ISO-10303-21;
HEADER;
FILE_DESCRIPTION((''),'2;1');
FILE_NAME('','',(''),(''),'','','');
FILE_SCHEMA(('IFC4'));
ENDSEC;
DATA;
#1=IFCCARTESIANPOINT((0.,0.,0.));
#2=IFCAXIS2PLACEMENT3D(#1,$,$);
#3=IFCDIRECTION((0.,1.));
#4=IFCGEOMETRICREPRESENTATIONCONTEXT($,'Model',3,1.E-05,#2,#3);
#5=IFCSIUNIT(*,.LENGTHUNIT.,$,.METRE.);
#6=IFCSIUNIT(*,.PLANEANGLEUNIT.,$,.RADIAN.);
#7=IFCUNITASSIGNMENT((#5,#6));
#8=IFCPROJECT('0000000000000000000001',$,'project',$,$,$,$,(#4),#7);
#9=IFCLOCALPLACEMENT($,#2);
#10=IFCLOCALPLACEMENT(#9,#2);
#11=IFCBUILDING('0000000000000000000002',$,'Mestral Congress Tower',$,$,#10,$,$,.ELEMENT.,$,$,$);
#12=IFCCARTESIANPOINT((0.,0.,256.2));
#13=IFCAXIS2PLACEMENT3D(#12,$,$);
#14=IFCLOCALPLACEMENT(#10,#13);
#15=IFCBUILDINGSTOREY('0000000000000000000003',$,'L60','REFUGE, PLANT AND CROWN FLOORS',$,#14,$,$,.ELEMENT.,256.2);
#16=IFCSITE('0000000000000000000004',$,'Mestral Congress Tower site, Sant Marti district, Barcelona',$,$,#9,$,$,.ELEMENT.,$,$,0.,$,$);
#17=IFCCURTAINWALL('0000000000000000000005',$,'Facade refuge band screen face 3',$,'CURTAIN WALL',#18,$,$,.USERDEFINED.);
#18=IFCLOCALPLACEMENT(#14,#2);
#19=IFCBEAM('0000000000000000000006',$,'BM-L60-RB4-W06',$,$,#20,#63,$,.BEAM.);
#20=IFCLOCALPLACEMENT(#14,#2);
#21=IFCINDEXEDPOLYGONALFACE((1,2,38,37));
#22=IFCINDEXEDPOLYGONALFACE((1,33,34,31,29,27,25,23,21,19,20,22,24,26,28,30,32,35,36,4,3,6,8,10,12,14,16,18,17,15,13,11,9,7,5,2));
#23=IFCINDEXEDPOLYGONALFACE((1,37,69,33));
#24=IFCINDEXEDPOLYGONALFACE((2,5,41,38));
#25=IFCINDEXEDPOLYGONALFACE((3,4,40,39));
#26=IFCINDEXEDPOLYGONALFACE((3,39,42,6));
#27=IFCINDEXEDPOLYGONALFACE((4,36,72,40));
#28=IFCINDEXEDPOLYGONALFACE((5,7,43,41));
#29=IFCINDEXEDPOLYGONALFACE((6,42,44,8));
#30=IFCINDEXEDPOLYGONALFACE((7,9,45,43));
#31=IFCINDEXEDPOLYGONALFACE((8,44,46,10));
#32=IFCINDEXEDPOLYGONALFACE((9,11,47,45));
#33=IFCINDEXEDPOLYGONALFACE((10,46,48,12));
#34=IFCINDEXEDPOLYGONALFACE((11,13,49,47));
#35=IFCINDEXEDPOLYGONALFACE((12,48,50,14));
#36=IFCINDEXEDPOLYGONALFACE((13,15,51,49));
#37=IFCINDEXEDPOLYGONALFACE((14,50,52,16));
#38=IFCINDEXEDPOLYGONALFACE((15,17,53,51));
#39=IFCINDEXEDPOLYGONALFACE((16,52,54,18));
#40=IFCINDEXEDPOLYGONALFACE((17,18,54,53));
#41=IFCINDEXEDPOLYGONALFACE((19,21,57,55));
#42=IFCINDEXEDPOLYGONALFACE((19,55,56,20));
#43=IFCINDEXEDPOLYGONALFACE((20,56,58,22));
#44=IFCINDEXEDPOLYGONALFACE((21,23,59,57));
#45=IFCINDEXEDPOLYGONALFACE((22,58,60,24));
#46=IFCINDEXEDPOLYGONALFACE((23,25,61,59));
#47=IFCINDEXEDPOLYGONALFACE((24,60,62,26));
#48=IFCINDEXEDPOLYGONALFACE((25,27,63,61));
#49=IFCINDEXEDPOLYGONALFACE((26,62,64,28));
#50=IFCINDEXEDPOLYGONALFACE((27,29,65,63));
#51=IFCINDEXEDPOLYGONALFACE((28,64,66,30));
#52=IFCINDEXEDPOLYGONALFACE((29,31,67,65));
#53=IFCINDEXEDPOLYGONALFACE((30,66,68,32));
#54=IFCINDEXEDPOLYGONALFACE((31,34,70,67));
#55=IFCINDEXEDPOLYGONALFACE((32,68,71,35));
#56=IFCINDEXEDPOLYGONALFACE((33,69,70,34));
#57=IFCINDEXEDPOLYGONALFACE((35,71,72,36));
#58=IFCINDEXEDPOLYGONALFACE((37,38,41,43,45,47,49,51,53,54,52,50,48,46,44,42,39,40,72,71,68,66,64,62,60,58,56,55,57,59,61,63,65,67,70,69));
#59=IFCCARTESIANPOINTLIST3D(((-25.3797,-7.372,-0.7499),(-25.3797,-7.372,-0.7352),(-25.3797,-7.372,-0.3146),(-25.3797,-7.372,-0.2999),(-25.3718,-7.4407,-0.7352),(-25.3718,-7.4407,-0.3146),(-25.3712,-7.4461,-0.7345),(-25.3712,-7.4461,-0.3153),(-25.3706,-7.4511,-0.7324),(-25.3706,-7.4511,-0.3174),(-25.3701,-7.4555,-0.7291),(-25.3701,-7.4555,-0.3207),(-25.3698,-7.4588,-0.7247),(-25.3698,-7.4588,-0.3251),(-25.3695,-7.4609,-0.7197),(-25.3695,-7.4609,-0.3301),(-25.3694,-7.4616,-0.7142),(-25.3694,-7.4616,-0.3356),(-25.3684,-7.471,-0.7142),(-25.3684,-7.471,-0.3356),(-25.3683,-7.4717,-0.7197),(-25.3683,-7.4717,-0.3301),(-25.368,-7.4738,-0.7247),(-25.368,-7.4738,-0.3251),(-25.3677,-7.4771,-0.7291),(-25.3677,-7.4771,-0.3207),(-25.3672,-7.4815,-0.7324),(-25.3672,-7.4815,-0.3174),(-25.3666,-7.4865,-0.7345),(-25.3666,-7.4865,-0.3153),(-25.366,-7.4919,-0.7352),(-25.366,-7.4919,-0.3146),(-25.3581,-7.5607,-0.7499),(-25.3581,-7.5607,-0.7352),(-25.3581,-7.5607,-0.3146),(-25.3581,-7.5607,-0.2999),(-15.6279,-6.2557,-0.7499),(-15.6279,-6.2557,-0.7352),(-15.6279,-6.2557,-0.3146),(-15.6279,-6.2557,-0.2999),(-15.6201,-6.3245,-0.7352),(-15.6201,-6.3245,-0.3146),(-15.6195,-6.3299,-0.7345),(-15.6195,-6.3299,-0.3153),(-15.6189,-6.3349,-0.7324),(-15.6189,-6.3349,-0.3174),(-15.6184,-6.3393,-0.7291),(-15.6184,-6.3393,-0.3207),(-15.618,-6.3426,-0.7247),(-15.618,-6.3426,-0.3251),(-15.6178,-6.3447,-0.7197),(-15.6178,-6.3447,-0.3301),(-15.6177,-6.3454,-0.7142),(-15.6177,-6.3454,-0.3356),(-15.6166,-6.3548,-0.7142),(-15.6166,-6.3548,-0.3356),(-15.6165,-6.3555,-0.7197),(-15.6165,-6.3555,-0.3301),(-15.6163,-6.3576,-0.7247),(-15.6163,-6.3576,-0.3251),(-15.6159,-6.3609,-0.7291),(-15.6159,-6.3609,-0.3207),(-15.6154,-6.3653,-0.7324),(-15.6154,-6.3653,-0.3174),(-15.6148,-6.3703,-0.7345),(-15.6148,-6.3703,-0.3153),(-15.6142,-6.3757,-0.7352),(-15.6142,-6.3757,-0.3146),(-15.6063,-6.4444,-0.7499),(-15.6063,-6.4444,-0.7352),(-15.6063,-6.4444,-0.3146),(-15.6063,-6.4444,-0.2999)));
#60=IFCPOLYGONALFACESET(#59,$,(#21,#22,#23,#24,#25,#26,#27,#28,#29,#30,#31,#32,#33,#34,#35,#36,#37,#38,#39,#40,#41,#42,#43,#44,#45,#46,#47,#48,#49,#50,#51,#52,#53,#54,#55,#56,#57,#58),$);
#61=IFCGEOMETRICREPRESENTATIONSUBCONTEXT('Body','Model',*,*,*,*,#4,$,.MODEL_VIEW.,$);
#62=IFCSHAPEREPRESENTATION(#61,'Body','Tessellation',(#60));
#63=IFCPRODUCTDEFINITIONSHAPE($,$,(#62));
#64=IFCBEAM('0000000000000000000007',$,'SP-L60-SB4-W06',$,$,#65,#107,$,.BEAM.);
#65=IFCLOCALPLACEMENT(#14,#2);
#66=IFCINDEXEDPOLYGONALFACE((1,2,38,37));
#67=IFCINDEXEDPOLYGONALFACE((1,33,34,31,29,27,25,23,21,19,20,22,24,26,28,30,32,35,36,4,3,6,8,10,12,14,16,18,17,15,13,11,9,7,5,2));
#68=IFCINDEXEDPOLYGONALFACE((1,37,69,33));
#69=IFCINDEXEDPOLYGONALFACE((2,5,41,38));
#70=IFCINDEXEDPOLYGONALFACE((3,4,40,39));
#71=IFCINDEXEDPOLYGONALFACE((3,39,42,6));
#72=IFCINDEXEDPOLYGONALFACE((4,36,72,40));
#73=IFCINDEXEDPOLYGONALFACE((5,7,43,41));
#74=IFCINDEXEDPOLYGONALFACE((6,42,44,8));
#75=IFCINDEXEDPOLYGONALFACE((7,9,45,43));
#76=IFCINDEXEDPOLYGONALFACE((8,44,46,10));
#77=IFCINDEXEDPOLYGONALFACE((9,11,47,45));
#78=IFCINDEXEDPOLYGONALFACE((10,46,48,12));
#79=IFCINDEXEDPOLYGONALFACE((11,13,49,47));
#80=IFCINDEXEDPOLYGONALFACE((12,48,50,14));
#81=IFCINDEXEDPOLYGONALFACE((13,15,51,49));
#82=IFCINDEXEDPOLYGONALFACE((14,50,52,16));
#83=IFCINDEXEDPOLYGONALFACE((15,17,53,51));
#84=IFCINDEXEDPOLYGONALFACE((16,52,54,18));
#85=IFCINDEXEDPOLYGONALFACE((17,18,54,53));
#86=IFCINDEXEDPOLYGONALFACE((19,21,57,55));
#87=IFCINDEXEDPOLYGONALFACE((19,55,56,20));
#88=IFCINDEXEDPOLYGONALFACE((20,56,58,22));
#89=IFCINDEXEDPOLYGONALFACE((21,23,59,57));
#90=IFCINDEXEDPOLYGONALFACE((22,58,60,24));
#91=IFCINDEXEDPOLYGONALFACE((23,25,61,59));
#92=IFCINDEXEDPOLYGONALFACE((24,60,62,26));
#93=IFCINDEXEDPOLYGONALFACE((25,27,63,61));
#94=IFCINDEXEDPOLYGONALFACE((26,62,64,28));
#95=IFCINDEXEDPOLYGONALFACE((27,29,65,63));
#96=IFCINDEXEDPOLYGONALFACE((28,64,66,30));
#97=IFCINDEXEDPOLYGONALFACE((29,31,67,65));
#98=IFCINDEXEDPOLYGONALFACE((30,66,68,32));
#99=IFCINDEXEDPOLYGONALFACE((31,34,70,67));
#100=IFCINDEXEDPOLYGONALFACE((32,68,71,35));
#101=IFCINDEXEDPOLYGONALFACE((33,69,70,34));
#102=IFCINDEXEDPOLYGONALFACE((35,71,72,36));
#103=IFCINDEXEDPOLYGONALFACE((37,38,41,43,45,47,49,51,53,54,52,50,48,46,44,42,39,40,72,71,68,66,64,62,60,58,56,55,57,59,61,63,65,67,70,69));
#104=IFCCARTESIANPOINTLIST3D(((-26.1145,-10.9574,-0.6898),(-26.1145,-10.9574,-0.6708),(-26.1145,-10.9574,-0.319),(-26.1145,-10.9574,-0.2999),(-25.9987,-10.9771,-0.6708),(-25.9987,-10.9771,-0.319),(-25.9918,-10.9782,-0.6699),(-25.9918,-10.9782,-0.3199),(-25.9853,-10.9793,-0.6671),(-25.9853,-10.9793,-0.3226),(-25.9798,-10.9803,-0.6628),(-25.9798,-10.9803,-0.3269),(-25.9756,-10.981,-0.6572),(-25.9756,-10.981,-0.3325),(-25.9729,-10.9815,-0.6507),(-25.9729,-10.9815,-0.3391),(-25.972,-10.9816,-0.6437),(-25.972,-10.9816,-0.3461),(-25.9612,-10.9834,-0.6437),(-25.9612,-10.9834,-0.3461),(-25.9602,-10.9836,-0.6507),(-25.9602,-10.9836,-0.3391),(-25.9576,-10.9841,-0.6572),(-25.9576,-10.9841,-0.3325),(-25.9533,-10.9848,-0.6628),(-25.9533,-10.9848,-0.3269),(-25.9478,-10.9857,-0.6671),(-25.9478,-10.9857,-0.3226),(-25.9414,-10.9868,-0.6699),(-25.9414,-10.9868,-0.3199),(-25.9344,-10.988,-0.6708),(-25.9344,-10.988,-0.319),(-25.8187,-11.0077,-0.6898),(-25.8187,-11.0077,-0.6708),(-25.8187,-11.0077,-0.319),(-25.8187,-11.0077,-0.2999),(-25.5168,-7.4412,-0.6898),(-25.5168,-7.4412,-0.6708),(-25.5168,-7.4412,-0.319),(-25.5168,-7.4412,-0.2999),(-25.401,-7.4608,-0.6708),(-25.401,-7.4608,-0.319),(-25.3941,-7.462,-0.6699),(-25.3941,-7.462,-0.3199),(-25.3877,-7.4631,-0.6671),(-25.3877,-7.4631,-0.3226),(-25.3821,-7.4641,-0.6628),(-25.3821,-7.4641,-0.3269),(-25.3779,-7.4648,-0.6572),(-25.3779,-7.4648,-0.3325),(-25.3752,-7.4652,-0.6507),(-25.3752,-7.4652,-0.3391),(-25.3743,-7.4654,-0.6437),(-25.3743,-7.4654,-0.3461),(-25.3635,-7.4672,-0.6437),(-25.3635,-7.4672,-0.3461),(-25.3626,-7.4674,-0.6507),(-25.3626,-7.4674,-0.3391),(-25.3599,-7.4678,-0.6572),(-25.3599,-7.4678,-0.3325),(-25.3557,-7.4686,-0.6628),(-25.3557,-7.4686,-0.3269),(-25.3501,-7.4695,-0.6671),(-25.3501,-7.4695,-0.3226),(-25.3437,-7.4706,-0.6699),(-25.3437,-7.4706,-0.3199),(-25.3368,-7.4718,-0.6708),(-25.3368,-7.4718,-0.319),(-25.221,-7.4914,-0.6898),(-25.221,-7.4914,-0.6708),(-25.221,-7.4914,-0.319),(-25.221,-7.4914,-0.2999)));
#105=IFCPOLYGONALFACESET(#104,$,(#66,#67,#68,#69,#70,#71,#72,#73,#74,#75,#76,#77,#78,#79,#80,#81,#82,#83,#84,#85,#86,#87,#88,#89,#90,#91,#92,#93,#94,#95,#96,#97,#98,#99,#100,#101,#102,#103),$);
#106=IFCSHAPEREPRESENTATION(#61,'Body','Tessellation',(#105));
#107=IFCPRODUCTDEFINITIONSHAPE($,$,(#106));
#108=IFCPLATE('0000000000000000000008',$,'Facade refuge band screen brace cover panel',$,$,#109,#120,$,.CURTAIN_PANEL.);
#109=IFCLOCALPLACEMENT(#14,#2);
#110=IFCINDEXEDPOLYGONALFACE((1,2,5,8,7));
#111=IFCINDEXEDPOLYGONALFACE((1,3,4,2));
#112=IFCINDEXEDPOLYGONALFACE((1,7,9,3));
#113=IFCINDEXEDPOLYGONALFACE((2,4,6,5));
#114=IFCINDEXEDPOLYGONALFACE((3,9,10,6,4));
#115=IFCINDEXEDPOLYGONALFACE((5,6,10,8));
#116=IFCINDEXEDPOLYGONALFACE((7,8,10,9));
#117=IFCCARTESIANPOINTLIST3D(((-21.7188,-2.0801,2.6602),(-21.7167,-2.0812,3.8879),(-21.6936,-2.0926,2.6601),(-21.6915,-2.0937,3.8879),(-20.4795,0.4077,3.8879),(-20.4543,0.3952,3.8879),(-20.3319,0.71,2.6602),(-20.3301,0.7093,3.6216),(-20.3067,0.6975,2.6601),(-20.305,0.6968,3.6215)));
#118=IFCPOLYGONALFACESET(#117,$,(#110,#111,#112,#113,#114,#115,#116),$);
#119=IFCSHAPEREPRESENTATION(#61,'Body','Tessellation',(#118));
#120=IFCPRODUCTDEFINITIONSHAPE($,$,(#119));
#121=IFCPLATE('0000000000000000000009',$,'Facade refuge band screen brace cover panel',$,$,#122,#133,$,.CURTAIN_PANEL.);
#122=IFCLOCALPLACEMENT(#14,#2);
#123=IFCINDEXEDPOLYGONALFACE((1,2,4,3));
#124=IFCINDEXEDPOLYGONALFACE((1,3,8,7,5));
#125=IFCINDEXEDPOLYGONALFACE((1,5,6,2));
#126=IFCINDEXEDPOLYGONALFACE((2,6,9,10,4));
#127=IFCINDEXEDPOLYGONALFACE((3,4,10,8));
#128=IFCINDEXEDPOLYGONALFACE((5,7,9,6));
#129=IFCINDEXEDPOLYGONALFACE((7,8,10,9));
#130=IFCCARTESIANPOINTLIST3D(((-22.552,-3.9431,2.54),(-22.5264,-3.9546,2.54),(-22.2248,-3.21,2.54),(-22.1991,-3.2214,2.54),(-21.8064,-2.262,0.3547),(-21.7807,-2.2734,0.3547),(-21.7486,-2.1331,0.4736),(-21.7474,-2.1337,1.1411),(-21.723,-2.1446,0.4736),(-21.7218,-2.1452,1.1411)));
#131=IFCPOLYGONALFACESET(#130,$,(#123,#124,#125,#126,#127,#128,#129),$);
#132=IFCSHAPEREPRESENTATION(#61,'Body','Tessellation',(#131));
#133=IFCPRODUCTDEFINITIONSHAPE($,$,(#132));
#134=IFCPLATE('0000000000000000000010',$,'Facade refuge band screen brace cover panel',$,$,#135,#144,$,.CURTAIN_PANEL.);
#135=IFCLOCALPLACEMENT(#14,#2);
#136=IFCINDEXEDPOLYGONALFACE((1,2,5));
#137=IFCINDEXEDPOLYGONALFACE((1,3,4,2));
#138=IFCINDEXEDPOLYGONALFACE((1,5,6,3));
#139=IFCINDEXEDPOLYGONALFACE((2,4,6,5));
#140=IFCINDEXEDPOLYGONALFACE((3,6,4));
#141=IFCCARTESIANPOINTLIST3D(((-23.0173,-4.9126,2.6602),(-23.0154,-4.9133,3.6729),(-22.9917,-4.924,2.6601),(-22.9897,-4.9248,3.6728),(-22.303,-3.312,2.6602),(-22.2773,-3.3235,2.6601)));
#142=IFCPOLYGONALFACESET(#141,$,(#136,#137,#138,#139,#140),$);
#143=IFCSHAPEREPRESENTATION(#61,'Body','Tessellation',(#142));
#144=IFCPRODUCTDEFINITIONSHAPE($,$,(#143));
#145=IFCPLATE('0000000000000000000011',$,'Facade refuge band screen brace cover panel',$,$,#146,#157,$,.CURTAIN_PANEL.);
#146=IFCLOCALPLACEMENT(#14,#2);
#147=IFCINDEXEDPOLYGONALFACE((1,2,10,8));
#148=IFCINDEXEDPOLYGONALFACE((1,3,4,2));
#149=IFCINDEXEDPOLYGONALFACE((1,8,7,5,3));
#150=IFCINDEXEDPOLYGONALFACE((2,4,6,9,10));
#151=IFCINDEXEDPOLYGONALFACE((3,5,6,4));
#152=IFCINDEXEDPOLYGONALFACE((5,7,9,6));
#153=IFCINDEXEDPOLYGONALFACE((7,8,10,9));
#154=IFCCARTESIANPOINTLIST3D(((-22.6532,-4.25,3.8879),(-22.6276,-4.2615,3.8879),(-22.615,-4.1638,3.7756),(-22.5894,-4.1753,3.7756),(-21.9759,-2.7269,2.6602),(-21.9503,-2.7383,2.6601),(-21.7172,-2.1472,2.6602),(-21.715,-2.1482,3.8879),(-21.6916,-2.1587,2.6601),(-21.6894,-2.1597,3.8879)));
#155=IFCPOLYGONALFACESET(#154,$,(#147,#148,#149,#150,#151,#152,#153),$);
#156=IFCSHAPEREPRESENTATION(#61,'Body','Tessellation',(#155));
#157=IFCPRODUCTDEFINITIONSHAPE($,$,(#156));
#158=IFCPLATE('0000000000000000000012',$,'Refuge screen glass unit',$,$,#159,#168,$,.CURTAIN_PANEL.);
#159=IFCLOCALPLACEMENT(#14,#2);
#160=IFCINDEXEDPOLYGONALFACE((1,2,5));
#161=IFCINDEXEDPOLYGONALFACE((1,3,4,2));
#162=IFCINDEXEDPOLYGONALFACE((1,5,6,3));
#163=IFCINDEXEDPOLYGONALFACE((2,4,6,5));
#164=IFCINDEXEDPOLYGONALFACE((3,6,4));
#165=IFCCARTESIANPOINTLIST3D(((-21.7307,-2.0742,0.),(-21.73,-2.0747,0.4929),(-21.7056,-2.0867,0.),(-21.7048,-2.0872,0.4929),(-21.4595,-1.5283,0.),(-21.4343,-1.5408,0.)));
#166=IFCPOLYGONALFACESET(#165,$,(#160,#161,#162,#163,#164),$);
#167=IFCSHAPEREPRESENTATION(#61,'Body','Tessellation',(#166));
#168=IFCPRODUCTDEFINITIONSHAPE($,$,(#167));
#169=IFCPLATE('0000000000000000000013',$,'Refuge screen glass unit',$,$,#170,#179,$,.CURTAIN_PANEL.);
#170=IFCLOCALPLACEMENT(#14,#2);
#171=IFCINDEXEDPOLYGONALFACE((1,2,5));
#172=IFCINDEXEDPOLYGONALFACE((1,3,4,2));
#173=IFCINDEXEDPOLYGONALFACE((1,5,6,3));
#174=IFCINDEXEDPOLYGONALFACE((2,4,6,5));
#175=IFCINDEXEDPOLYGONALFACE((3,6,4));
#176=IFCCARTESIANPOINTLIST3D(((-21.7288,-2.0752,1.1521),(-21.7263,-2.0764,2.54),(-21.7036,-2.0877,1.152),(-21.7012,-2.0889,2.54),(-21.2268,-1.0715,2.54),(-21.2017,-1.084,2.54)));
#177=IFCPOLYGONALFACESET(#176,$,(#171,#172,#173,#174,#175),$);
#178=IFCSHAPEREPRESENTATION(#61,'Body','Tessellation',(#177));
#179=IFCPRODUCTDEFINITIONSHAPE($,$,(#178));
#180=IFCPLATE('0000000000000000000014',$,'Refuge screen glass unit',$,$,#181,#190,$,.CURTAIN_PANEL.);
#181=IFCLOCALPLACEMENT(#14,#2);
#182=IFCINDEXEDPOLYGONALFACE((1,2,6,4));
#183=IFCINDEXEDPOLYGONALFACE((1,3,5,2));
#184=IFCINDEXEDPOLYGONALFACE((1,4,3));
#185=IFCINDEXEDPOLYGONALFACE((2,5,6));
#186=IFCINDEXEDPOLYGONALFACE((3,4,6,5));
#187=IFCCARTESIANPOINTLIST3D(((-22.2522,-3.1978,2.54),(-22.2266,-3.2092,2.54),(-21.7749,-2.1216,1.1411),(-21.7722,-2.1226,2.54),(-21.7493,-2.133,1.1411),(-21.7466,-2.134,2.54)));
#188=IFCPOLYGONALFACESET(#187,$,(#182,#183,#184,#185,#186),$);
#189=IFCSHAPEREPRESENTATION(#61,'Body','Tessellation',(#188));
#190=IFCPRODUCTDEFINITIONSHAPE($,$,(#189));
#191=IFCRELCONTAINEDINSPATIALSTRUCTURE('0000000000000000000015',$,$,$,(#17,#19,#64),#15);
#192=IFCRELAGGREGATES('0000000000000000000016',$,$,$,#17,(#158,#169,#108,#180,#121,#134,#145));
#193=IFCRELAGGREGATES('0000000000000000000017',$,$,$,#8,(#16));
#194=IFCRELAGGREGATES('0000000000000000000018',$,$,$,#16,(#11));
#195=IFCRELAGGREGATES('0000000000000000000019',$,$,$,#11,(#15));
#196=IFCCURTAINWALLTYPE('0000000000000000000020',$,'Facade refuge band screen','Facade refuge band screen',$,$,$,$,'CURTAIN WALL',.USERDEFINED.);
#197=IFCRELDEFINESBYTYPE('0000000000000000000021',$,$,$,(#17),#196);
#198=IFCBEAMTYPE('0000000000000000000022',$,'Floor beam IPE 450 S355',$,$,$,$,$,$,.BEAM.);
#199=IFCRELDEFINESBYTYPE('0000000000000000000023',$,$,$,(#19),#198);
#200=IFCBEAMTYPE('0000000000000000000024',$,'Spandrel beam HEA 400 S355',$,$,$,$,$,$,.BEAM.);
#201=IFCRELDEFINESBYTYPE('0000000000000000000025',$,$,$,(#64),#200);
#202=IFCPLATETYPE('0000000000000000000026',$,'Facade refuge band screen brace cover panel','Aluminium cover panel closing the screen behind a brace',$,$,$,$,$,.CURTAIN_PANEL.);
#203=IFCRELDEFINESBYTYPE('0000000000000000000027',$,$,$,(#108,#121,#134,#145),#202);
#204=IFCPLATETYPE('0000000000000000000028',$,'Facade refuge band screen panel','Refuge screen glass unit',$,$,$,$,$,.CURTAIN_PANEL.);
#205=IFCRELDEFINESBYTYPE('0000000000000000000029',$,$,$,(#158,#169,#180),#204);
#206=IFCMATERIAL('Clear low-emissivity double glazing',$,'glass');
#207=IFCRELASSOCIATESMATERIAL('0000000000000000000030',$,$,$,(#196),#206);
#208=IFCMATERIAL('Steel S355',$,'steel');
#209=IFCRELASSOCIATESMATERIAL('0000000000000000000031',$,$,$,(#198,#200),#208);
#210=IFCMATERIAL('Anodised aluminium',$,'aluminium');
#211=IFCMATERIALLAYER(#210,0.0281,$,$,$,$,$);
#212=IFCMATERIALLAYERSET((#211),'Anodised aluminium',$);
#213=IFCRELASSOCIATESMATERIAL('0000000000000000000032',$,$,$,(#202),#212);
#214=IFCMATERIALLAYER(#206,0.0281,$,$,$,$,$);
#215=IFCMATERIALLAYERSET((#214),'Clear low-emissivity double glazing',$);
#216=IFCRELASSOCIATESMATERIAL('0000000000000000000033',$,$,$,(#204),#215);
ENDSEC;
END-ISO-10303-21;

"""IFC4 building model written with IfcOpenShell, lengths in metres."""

from ifc_helpers import new_model, si_unit, direction, frame, origin, origin_2d, place, context, subcontext, project, spatial, polyline, i_section, outline, extrude, material, layer, layer_set, material_profile, profile_set, type_object, element, aggregate, save


model = new_model("IFC4")

# Units and contexts
model_context = context("Model", 3, precision=1e-05, world=origin(), true_north=direction((0.0, 1.0)))
body_context = subcontext(model_context, "Body", "Model", "MODEL_VIEW")
ifc_project = project(units=[si_unit("LENGTHUNIT", "METRE"), si_unit("PLANEANGLEUNIT", "RADIAN")], contexts=[model_context])

# Site, building, storey
site_placement = place(None, origin())
site = spatial("IfcSite", under=ifc_project, at=site_placement, Name="Mestral Congress Tower site, Sant Marti district, Barcelona", CompositionType="ELEMENT", RefElevation=0.0)
building_placement = place(site_placement, origin())
building = spatial("IfcBuilding", under=site, at=building_placement, Name="Mestral Congress Tower", CompositionType="ELEMENT")
storey_placement = place(building_placement, frame((0.0, 0.0, 256.2)))
storey = spatial("IfcBuildingStorey", under=building, at=storey_placement, Name="L60", Description="REFUGE, PLANT AND CROWN FLOORS", CompositionType="ELEMENT", Elevation=256.2)

# Shared definitions
ifc_material_1 = material(Name="Steel S355", Category="steel")

# Curtain wall
ifc_material_2 = material(Name="Clear low-emissivity double glazing", Category="glass")
curtain_wall_type = type_object("IfcCurtainWallType", Name="Facade refuge band screen", Description="Facade refuge band screen", ElementType="CURTAIN WALL", PredefinedType="USERDEFINED", material=ifc_material_2)
curtain_wall_placement = place(storey_placement, origin())
curtain_wall = element("IfcCurtainWall", 1, at=curtain_wall_placement, inside=storey, type_object=curtain_wall_type, Name="Facade refuge band screen face 3", ObjectType="CURTAIN WALL", PredefinedType="USERDEFINED")
ifc_material_3 = material(Name="Anodised aluminium", Category="aluminium")

# Beams
ifc_material_profile_1 = material_profile(ifc_material_1, i_section(OverallWidth=0.1899, OverallDepth=0.45, WebThickness=0.0095, FlangeThickness=0.0146, FilletRadius=0.021, at=origin_2d()), Name="IPE 450")
ifc_profile_set_1 = profile_set([ifc_material_profile_1], Name="Steel S355")
beam_type_1 = type_object("IfcBeamType", Name="Floor beam IPE 450 S355", PredefinedType="BEAM", material=ifc_profile_set_1)
beam_1_placement = place(storey_placement, frame((-25.3689, -7.4663, -0.5249), z_axis=(0.993513, 0.113721, 0.0), x_axis=(-0.113721, 0.993513, 0.0)))
element("IfcBeam", 2, at=beam_1_placement, inside=storey, type_object=beam_type_1, Name="BM-L60-RB4-W06", PredefinedType="BEAM", context=body_context, shape_type="SweptSolid", body=[
    extrude(i_section(OverallWidth=0.1899, OverallDepth=0.45, WebThickness=0.0095, FlangeThickness=0.0146, FilletRadius=0.021, at=origin_2d()), origin(), (0.0, 0.0, 1.0), 9.8154),
])
ifc_material_profile_2 = material_profile(ifc_material_1, i_section(OverallWidth=0.3, OverallDepth=0.3899, WebThickness=0.011, FlangeThickness=0.019, FilletRadius=0.0271, at=origin_2d()), Name="HEA 400")
ifc_profile_set_2 = profile_set([ifc_material_profile_2], Name="Steel S355")
beam_type_2 = type_object("IfcBeamType", Name="Spandrel beam HEA 400 S355", PredefinedType="BEAM", material=ifc_profile_set_2)
beam_2_placement = place(storey_placement, frame((-25.3689, -7.4663, -0.4949), z_axis=(-0.167573, -0.98586, 0.0), x_axis=(0.98586, -0.167573, 0.0)))
element("IfcBeam", 3, at=beam_2_placement, inside=storey, type_object=beam_type_2, Name="SP-L60-SB4-W06", PredefinedType="BEAM", context=body_context, shape_type="SweptSolid", body=[
    extrude(i_section(OverallWidth=0.3, OverallDepth=0.3899, WebThickness=0.011, FlangeThickness=0.019, FilletRadius=0.0271, at=origin_2d()), origin(), (0.0, 0.0, 1.0), 3.5667),
])

# Plates
ifc_layer_1 = layer(ifc_material_3, 0.0281)
ifc_layer_set_1 = layer_set([ifc_layer_1], Name="Anodised aluminium")
plate_type_1 = type_object("IfcPlateType", Name="Facade refuge band screen brace cover panel", Description="Aluminium cover panel closing the screen behind a brace", PredefinedType="CURTAIN_PANEL", material=ifc_layer_set_1)
plate_1_placement = place(storey_placement, frame((-21.7188, -2.0801, 2.6602), z_axis=(-0.895469, 0.44512, 0.001945), x_axis=(0.44512, 0.895471, 0.0)))
plate_1 = element("IfcPlate", 4, at=plate_1_placement, type_object=plate_type_1, Name="Facade refuge band screen brace cover panel", PredefinedType="CURTAIN_PANEL", context=body_context, shape_type="SweptSolid", body=[
    extrude(outline(polyline([(0.0, 0.0), (3.1158, 0.0), (3.1159, -0.9614), (2.7794, -1.2278), (-0.0001, -1.2278), (0.0, 0.0)])), origin(), (0.0, 0.0, -1.0), 0.0281),
])
plate_2_placement = place(storey_placement, frame((-22.552, -3.9431, 2.54), z_axis=(-0.913158, 0.407602, 0.002001), x_axis=(0.261054, 0.588601, -0.765115)))
plate_2 = element("IfcPlate", 5, at=plate_2_placement, type_object=plate_type_1, Name="Facade refuge band screen brace cover panel", PredefinedType="CURTAIN_PANEL", context=body_context, shape_type="SweptSolid", body=[
    extrude(outline(polyline([(0.0, 0.0), (2.8562, 0.0), (2.8561, -0.1846), (2.3454, -0.6143), (0.5169, -0.6143), (0.0, 0.0)])), origin(), (0.0, 0.0, -1.0), 0.0281),
])
plate_3_placement = place(storey_placement, frame((-23.0154, -4.9133, 3.6729), z_axis=(-0.913177, 0.407559, 0.002056), x_axis=(-0.001929, 0.000723, -0.999998)))
plate_3 = element("IfcPlate", 6, at=plate_3_placement, type_object=plate_type_1, Name="Facade refuge band screen brace cover panel", PredefinedType="CURTAIN_PANEL", context=body_context, shape_type="SweptSolid", body=[
    extrude(outline(polyline([(0.0, 0.0), (1.0127, 0.0), (1.0125, -1.7528), (0.0, 0.0)])), origin(), (0.0, 0.0, -1.0), 0.0281),
])
plate_4_placement = place(storey_placement, frame((-22.615, -4.1638, 3.7756), z_axis=(-0.913153, 0.407612, 0.001952), x_axis=(0.331438, 0.745277, -0.578543)))
plate_4 = element("IfcPlate", 7, at=plate_4_placement, type_object=plate_type_1, Name="Facade refuge band screen brace cover panel", PredefinedType="CURTAIN_PANEL", context=body_context, shape_type="SweptSolid", body=[
    extrude(outline(polyline([(0.0, 0.0), (1.9281, 0.0), (2.4458, -0.3672), (1.7355, -1.3687), (-0.1419, -0.037), (0.0, 0.0)])), origin(), (0.0, 0.0, -1.0), 0.0281),
])
ifc_layer_2 = layer(ifc_material_2, 0.0281)
ifc_layer_set_2 = layer_set([ifc_layer_2], Name="Clear low-emissivity double glazing")
plate_type_2 = type_object("IfcPlateType", Name="Facade refuge band screen panel", Description="Refuge screen glass unit", PredefinedType="CURTAIN_PANEL", material=ifc_layer_set_2)
plate_5_placement = place(storey_placement, frame((-21.7307, -2.0742, 0.0), z_axis=(-0.895544, 0.444969, 0.001771), x_axis=(0.444969, 0.895546, 0.0)))
plate_5 = element("IfcPlate", 8, at=plate_5_placement, type_object=plate_type_2, Name="Refuge screen glass unit", PredefinedType="CURTAIN_PANEL", context=body_context, shape_type="SweptSolid", body=[
    extrude(outline(polyline([(0.0, 0.0), (0.6096, 0.0), (-0.0001, -0.4929), (0.0, 0.0)])), origin(), (0.0, 0.0, -1.0), 0.0281),
])
plate_6_placement = place(storey_placement, frame((-21.7263, -2.0764, 2.54), z_axis=(-0.895467, 0.445123, 0.001967), x_axis=(-0.001759, 0.00088, -0.999998)))
plate_6 = element("IfcPlate", 9, at=plate_6_placement, type_object=plate_type_2, Name="Refuge screen glass unit", PredefinedType="CURTAIN_PANEL", context=body_context, shape_type="SweptSolid", body=[
    extrude(outline(polyline([(0.0, 0.0), (1.3879, 0.0), (0.0, -1.1222), (0.0, 0.0)])), origin(), (0.0, 0.0, -1.0), 0.0281),
])
plate_7_placement = place(storey_placement, frame((-21.7722, -2.1226, 2.54), z_axis=(-0.913141, 0.407638, 0.002038), x_axis=(-0.407638, -0.913143, 0.0)))
plate_7 = element("IfcPlate", 10, at=plate_7_placement, type_object=plate_type_2, Name="Refuge screen glass unit", PredefinedType="CURTAIN_PANEL", context=body_context, shape_type="SweptSolid", body=[
    extrude(outline(polyline([(0.0, 0.0), (1.1775, 0.0), (0.0002, -1.3989), (0.0, 0.0)])), origin(), (0.0, 0.0, -1.0), 0.0281),
])

aggregate(curtain_wall, [plate_5, plate_6, plate_1, plate_7, plate_2, plate_3, plate_4])

save(model, "model.ifc")
